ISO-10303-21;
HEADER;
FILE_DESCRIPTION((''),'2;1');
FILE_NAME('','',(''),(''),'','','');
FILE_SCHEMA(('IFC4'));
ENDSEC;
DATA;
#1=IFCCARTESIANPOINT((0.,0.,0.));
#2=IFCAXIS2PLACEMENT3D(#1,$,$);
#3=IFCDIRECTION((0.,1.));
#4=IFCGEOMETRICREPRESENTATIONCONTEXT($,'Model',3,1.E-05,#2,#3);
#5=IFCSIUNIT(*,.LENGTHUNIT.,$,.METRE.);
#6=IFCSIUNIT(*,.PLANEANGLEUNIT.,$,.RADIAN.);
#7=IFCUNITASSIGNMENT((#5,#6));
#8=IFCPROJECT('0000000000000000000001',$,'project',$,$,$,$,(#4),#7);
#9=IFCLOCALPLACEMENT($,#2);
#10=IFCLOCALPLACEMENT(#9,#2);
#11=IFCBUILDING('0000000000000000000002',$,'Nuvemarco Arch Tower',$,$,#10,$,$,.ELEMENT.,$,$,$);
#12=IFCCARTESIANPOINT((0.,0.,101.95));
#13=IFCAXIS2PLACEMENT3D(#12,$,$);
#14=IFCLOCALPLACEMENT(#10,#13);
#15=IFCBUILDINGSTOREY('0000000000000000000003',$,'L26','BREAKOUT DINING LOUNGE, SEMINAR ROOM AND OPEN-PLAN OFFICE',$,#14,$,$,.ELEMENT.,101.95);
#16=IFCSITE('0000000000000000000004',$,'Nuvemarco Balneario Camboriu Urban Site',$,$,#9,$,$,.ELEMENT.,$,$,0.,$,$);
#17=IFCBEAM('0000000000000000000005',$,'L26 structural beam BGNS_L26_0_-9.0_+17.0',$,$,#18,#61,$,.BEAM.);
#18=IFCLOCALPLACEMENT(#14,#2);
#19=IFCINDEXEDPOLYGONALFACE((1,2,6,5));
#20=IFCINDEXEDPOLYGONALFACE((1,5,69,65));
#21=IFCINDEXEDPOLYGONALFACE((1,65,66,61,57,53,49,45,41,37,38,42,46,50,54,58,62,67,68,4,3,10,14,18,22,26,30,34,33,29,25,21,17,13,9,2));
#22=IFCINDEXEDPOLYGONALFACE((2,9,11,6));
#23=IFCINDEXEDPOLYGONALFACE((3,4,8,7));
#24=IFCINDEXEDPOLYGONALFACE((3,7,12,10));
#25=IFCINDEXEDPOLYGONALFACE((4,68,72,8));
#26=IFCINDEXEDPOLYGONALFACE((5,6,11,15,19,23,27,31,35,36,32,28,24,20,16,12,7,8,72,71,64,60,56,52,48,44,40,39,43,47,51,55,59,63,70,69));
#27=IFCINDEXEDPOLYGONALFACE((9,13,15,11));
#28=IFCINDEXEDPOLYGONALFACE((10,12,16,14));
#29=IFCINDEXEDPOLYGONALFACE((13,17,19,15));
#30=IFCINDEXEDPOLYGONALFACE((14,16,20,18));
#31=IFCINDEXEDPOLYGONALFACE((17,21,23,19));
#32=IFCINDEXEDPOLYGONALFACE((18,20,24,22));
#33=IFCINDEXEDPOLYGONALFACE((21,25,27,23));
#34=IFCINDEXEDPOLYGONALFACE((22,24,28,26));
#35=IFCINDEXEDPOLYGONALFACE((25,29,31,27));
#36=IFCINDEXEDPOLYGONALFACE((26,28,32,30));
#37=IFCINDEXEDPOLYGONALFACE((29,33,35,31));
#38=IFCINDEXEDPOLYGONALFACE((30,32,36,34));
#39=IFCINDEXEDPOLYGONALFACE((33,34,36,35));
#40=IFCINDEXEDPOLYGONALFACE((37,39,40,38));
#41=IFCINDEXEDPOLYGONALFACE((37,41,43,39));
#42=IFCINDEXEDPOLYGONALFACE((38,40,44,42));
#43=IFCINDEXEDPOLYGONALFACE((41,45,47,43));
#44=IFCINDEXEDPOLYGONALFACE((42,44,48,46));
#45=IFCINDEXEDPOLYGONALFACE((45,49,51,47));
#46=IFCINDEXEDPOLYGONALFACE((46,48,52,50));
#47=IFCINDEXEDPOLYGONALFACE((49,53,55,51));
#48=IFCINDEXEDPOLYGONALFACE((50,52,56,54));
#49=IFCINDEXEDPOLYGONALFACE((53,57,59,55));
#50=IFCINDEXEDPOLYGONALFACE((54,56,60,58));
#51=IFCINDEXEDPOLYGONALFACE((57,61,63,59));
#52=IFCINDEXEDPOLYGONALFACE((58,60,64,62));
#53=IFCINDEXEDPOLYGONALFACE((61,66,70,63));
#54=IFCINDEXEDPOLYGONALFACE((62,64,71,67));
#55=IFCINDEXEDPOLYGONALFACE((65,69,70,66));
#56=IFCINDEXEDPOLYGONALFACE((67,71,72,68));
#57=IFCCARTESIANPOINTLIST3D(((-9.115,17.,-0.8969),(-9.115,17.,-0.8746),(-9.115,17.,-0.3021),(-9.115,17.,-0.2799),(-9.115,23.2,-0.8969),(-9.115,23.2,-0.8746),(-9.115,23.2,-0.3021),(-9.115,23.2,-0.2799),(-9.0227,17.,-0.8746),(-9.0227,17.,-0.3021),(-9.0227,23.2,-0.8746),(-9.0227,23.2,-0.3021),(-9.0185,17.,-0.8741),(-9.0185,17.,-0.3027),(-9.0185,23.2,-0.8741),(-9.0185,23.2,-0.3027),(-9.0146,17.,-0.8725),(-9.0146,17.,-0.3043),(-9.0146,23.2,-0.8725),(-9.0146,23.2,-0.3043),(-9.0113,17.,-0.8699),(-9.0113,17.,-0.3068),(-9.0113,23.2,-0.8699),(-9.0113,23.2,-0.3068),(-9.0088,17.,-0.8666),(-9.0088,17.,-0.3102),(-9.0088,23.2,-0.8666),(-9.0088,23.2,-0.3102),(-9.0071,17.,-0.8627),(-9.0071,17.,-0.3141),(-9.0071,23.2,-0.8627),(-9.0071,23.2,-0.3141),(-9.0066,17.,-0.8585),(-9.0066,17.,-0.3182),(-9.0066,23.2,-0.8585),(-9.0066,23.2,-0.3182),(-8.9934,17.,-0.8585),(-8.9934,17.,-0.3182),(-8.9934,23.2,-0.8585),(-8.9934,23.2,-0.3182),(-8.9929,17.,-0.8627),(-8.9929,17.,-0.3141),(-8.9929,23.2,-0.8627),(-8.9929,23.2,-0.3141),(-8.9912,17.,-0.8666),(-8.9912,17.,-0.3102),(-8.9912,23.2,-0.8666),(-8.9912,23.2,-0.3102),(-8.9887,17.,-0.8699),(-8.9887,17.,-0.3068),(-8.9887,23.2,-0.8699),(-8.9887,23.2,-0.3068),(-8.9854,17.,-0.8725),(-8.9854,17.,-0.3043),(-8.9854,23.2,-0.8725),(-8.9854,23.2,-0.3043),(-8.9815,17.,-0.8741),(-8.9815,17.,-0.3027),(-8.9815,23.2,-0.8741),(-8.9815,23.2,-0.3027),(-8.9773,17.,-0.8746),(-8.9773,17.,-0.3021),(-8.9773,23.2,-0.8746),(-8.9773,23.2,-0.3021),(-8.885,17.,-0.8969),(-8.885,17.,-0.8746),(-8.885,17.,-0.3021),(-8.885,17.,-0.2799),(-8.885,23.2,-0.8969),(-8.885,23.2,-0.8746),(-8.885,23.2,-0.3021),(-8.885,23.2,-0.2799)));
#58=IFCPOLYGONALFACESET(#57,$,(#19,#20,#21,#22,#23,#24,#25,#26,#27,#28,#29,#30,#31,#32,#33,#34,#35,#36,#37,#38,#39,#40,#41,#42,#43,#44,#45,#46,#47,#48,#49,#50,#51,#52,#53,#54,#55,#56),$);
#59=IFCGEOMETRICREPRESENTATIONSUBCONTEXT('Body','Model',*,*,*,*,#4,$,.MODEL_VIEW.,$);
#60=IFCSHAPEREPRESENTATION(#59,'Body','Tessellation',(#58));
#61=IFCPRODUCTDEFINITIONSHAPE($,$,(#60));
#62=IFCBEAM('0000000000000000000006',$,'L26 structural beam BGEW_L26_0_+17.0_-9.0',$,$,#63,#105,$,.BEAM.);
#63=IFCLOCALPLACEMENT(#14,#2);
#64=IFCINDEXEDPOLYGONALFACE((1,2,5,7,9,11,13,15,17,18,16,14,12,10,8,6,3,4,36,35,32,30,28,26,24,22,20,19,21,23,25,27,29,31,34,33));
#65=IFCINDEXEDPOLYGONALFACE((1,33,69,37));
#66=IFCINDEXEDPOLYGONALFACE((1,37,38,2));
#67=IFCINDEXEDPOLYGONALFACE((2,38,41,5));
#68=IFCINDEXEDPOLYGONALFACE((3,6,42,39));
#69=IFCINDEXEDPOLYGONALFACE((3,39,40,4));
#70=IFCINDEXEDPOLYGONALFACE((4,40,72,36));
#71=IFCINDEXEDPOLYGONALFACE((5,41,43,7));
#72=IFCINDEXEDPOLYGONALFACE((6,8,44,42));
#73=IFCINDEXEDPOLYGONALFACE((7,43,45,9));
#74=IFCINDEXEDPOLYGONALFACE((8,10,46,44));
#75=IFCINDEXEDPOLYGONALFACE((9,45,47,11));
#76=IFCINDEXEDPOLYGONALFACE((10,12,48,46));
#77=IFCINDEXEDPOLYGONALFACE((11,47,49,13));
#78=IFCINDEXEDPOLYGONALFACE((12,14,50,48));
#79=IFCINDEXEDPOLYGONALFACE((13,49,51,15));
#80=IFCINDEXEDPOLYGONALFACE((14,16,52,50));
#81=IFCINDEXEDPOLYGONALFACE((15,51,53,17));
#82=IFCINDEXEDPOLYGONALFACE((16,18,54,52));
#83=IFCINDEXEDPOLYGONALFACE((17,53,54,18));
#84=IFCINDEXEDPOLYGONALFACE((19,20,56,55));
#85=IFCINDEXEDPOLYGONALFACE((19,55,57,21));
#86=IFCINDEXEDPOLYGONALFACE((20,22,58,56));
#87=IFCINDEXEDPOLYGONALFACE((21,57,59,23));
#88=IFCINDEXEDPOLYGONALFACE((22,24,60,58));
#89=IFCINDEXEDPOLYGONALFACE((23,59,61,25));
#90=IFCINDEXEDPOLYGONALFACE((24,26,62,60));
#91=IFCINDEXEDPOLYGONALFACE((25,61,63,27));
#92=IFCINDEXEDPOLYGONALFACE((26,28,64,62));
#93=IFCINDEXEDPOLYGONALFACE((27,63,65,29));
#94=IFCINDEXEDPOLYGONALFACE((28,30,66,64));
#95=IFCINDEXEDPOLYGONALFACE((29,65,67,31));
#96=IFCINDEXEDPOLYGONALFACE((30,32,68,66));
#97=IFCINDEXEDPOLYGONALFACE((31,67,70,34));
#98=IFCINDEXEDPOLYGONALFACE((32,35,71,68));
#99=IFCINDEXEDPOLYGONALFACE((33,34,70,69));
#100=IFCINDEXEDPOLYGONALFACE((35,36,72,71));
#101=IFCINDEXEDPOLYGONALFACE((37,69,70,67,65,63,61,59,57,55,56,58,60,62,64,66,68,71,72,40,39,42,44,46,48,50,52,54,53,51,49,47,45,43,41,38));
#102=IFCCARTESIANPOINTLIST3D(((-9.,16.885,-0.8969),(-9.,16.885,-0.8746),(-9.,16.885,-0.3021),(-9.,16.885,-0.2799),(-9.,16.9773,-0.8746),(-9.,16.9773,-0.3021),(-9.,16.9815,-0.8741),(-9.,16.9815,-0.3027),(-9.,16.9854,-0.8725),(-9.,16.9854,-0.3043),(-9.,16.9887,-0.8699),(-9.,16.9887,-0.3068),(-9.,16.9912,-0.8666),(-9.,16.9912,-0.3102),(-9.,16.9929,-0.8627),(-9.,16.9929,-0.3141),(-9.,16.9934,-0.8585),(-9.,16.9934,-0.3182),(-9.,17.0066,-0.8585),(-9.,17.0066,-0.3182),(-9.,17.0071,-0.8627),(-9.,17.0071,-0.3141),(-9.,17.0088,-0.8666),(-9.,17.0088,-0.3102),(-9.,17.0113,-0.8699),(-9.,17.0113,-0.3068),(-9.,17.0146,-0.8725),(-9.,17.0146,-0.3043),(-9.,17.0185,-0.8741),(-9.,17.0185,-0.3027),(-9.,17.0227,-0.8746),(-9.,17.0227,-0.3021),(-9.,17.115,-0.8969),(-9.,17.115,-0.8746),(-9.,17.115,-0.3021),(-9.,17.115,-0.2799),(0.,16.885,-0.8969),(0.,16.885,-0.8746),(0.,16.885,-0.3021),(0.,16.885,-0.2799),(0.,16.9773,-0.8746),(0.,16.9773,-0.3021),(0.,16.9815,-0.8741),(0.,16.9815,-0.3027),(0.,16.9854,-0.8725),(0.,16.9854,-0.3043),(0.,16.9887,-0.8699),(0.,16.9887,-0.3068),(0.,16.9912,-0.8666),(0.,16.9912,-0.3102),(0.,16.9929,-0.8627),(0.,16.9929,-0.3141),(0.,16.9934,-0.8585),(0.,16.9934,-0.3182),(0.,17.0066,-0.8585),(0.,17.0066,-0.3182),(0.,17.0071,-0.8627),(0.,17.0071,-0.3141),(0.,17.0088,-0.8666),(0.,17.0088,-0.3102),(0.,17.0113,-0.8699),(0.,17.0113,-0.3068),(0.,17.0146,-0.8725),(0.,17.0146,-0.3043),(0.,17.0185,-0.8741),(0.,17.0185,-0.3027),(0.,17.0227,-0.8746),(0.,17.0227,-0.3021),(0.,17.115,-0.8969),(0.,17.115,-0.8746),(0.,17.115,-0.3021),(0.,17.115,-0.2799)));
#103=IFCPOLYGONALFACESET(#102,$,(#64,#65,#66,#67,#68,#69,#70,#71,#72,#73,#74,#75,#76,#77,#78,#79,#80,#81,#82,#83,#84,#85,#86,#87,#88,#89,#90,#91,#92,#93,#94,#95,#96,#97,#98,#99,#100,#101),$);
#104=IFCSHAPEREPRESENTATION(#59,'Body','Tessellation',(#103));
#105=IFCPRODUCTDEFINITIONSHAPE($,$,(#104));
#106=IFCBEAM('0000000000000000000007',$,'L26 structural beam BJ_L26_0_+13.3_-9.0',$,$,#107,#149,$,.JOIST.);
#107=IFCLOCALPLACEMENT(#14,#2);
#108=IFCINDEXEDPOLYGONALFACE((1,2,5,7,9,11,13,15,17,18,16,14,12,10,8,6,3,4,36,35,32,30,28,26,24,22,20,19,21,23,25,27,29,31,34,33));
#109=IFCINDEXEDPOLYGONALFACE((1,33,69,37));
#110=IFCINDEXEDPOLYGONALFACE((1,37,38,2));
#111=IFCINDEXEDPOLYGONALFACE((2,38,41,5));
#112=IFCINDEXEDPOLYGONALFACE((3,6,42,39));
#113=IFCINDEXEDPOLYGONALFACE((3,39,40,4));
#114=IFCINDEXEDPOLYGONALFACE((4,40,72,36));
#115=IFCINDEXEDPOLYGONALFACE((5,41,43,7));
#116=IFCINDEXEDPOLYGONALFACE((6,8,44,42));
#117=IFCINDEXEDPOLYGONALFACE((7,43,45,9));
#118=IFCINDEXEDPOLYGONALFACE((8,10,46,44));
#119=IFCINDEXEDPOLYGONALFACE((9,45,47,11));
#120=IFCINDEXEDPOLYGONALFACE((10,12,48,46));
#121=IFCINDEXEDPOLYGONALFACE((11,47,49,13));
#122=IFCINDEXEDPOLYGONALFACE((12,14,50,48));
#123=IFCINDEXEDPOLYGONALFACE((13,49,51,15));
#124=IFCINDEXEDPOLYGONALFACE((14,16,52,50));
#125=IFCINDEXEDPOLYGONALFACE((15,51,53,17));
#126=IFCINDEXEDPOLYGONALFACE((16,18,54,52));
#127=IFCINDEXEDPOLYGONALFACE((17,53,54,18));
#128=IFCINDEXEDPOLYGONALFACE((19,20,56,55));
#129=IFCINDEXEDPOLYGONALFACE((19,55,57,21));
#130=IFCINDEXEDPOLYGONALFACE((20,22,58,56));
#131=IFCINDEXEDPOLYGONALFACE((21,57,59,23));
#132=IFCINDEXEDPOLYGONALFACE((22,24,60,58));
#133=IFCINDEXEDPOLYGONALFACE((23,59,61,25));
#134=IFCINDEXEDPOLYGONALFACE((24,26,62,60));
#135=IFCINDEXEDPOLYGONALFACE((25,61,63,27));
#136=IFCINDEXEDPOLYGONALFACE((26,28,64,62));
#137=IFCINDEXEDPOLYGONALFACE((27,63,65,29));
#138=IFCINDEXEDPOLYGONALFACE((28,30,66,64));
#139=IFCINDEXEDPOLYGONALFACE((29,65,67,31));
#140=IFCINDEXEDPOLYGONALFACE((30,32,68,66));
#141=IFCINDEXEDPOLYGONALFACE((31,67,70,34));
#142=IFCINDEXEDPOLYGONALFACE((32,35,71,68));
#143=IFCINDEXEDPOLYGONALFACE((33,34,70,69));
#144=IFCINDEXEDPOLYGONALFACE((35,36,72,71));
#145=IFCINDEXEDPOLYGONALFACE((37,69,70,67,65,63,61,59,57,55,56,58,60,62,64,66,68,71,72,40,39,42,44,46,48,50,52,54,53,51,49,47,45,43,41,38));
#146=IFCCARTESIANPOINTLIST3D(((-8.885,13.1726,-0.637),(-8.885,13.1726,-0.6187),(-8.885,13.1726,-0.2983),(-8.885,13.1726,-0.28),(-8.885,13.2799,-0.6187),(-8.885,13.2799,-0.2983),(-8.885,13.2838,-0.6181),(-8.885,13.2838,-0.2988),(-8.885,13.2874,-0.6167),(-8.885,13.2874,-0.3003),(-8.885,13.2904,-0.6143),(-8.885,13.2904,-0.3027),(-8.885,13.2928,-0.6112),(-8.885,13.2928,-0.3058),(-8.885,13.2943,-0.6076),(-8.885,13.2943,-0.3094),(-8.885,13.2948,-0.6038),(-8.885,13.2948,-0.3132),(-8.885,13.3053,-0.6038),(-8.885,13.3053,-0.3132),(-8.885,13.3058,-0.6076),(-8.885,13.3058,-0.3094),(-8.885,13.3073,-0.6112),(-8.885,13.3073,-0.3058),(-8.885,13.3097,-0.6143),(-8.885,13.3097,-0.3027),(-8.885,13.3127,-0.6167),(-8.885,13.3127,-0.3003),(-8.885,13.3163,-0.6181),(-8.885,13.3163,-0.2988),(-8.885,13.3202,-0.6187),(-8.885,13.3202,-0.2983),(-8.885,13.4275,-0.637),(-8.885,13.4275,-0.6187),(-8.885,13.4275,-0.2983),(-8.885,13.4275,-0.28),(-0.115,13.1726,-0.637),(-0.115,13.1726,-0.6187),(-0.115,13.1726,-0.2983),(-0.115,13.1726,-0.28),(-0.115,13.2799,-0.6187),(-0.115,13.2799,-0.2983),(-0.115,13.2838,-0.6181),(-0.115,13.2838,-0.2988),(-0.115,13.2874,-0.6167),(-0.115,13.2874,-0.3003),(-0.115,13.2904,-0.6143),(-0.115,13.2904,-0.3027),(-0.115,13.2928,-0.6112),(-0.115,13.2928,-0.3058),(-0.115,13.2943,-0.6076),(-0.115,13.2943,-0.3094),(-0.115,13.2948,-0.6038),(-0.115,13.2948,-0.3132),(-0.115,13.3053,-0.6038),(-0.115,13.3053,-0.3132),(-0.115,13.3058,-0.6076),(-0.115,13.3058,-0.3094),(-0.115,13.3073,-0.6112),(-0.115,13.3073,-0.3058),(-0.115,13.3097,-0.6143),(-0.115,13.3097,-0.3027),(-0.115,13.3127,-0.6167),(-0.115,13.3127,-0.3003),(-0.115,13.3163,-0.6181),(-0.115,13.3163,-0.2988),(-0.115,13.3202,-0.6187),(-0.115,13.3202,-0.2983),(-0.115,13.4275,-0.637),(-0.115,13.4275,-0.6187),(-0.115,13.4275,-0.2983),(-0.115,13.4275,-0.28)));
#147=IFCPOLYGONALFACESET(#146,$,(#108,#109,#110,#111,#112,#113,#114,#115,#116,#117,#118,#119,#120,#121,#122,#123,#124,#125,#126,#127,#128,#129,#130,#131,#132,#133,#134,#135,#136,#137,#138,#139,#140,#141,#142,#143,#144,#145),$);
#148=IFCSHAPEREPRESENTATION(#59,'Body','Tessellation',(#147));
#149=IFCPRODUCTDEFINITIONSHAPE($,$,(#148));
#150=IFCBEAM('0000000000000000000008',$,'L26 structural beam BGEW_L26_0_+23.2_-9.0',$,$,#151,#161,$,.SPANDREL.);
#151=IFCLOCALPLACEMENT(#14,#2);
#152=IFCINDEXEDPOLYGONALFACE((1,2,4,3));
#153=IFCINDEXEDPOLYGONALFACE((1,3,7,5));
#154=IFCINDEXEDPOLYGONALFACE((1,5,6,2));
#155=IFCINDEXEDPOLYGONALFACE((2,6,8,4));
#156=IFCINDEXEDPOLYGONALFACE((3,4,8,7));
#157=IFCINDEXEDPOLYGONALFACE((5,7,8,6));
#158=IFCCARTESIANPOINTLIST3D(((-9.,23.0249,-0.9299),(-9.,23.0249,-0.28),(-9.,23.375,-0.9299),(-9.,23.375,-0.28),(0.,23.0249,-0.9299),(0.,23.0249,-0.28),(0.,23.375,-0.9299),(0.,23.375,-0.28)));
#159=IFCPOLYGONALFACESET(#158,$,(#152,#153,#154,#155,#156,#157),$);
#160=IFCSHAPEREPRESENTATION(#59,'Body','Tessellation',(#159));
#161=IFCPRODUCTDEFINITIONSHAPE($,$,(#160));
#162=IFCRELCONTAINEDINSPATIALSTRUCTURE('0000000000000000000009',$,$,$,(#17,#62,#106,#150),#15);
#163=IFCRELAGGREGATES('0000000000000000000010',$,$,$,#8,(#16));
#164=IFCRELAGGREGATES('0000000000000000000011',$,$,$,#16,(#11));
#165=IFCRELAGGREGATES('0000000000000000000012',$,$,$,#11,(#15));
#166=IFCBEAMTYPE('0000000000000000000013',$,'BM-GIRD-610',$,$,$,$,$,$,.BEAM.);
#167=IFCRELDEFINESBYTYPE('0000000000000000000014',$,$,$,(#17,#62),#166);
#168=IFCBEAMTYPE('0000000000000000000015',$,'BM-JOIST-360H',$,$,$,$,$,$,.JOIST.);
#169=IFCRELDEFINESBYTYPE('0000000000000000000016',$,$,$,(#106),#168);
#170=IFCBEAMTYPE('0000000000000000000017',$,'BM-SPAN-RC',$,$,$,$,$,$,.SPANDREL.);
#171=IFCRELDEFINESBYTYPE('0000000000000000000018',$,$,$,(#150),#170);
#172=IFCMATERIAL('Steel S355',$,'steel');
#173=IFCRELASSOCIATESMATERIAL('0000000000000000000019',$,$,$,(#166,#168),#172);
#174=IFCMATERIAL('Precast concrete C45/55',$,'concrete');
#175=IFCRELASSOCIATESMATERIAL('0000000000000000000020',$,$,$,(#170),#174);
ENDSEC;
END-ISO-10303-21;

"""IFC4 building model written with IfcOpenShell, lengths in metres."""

from ifc_helpers import new_model, si_unit, direction, frame, origin, origin_2d, place, context, subcontext, project, spatial, rectangle, i_section, extrude, material, material_profile, profile_set, type_object, element, save


model = new_model("IFC4")

# Units and contexts
model_context = context("Model", 3, precision=1e-05, world=origin(), true_north=direction((0.0, 1.0)))
body_context = subcontext(model_context, "Body", "Model", "MODEL_VIEW")
ifc_project = project(units=[si_unit("LENGTHUNIT", "METRE"), si_unit("PLANEANGLEUNIT", "RADIAN")], contexts=[model_context])

# Site, building, storey
site_placement = place(None, origin())
site = spatial("IfcSite", under=ifc_project, at=site_placement, Name="Nuvemarco Balneario Camboriu Urban Site", CompositionType="ELEMENT", RefElevation=0.0)
building_placement = place(site_placement, origin())
building = spatial("IfcBuilding", under=site, at=building_placement, Name="Nuvemarco Arch Tower", CompositionType="ELEMENT")
storey_placement = place(building_placement, frame((0.0, 0.0, 101.95)))
storey = spatial("IfcBuildingStorey", under=building, at=storey_placement, Name="L26", Description="BREAKOUT DINING LOUNGE, SEMINAR ROOM AND OPEN-PLAN OFFICE", CompositionType="ELEMENT", Elevation=101.95)

# Shared definitions
ifc_material_1 = material(Name="Steel S355", Category="steel")

# Beams
ifc_material_profile_1 = material_profile(ifc_material_1, i_section(OverallWidth=0.23, OverallDepth=0.6169, WebThickness=0.0132, FlangeThickness=0.0222, FilletRadius=0.0161, at=origin_2d()), Name="W610x140")
ifc_profile_set_1 = profile_set([ifc_material_profile_1], Name="Steel S355")
beam_type_1 = type_object("IfcBeamType", Name="BM-GIRD-610", PredefinedType="BEAM", material=ifc_profile_set_1)
beam_1_placement = place(storey_placement, frame((-9.0, 17.0, -0.5884), z_axis=(0.0, 1.0, 0.0), x_axis=(-1.0, 0.0, 0.0)))
element("IfcBeam", 1, at=beam_1_placement, inside=storey, type_object=beam_type_1, Name="L26 structural beam BGNS_L26_0_-9.0_+17.0", PredefinedType="BEAM", context=body_context, shape_type="SweptSolid", body=[
    extrude(i_section(OverallWidth=0.23, OverallDepth=0.6169, WebThickness=0.0132, FlangeThickness=0.0222, FilletRadius=0.0161, at=origin_2d()), origin(), (0.0, 0.0, 1.0), 6.2),
])
beam_2_placement = place(storey_placement, frame((-9.0, 17.0, -0.5884), z_axis=(1.0, 0.0, 0.0), x_axis=(0.0, 1.0, 0.0)))
element("IfcBeam", 2, at=beam_2_placement, inside=storey, type_object=beam_type_1, Name="L26 structural beam BGEW_L26_0_+17.0_-9.0", PredefinedType="BEAM", context=body_context, shape_type="SweptSolid", body=[
    extrude(i_section(OverallWidth=0.23, OverallDepth=0.6169, WebThickness=0.0132, FlangeThickness=0.0222, FilletRadius=0.0161, at=origin_2d()), origin(), (0.0, 0.0, 1.0), 9.0),
])
ifc_material_profile_2 = material_profile(ifc_material_1, i_section(OverallWidth=0.2549, OverallDepth=0.3569, WebThickness=0.0105, FlangeThickness=0.0183, FilletRadius=0.0149, at=origin_2d()), Name="W360x101")
ifc_profile_set_2 = profile_set([ifc_material_profile_2], Name="Steel S355")
beam_type_2 = type_object("IfcBeamType", Name="BM-JOIST-360H", PredefinedType="JOIST", material=ifc_profile_set_2)
beam_3_placement = place(storey_placement, frame((-8.885, 13.3, -0.4585), z_axis=(1.0, 0.0, 0.0), x_axis=(0.0, 1.0, 0.0)))
element("IfcBeam", 3, at=beam_3_placement, inside=storey, type_object=beam_type_2, Name="L26 structural beam BJ_L26_0_+13.3_-9.0", PredefinedType="JOIST", context=body_context, shape_type="SweptSolid", body=[
    extrude(i_section(OverallWidth=0.2549, OverallDepth=0.3569, WebThickness=0.0105, FlangeThickness=0.0183, FilletRadius=0.0149, at=origin_2d()), origin(), (0.0, 0.0, 1.0), 8.77),
])
ifc_material_2 = material(Name="Precast concrete C45/55", Category="concrete")
ifc_material_profile_3 = material_profile(ifc_material_2, rectangle(XDim=0.3501, YDim=0.6499, at=origin_2d()), Name="PC-SP-350x650")
ifc_profile_set_3 = profile_set([ifc_material_profile_3], Name="Precast concrete C45/55")
beam_type_3 = type_object("IfcBeamType", Name="BM-SPAN-RC", PredefinedType="SPANDREL", material=ifc_profile_set_3)
beam_4_placement = place(storey_placement, frame((-9.0, 23.2, -0.605), z_axis=(1.0, 0.0, 0.0), x_axis=(0.0, 1.0, 0.0)))
element("IfcBeam", 4, at=beam_4_placement, inside=storey, type_object=beam_type_3, Name="L26 structural beam BGEW_L26_0_+23.2_-9.0", PredefinedType="SPANDREL", context=body_context, shape_type="SweptSolid", body=[
    extrude(rectangle(XDim=0.3501, YDim=0.6499, at=origin_2d()), origin(), (0.0, 0.0, 1.0), 9.0),
])

save(model, "model.ifc")
